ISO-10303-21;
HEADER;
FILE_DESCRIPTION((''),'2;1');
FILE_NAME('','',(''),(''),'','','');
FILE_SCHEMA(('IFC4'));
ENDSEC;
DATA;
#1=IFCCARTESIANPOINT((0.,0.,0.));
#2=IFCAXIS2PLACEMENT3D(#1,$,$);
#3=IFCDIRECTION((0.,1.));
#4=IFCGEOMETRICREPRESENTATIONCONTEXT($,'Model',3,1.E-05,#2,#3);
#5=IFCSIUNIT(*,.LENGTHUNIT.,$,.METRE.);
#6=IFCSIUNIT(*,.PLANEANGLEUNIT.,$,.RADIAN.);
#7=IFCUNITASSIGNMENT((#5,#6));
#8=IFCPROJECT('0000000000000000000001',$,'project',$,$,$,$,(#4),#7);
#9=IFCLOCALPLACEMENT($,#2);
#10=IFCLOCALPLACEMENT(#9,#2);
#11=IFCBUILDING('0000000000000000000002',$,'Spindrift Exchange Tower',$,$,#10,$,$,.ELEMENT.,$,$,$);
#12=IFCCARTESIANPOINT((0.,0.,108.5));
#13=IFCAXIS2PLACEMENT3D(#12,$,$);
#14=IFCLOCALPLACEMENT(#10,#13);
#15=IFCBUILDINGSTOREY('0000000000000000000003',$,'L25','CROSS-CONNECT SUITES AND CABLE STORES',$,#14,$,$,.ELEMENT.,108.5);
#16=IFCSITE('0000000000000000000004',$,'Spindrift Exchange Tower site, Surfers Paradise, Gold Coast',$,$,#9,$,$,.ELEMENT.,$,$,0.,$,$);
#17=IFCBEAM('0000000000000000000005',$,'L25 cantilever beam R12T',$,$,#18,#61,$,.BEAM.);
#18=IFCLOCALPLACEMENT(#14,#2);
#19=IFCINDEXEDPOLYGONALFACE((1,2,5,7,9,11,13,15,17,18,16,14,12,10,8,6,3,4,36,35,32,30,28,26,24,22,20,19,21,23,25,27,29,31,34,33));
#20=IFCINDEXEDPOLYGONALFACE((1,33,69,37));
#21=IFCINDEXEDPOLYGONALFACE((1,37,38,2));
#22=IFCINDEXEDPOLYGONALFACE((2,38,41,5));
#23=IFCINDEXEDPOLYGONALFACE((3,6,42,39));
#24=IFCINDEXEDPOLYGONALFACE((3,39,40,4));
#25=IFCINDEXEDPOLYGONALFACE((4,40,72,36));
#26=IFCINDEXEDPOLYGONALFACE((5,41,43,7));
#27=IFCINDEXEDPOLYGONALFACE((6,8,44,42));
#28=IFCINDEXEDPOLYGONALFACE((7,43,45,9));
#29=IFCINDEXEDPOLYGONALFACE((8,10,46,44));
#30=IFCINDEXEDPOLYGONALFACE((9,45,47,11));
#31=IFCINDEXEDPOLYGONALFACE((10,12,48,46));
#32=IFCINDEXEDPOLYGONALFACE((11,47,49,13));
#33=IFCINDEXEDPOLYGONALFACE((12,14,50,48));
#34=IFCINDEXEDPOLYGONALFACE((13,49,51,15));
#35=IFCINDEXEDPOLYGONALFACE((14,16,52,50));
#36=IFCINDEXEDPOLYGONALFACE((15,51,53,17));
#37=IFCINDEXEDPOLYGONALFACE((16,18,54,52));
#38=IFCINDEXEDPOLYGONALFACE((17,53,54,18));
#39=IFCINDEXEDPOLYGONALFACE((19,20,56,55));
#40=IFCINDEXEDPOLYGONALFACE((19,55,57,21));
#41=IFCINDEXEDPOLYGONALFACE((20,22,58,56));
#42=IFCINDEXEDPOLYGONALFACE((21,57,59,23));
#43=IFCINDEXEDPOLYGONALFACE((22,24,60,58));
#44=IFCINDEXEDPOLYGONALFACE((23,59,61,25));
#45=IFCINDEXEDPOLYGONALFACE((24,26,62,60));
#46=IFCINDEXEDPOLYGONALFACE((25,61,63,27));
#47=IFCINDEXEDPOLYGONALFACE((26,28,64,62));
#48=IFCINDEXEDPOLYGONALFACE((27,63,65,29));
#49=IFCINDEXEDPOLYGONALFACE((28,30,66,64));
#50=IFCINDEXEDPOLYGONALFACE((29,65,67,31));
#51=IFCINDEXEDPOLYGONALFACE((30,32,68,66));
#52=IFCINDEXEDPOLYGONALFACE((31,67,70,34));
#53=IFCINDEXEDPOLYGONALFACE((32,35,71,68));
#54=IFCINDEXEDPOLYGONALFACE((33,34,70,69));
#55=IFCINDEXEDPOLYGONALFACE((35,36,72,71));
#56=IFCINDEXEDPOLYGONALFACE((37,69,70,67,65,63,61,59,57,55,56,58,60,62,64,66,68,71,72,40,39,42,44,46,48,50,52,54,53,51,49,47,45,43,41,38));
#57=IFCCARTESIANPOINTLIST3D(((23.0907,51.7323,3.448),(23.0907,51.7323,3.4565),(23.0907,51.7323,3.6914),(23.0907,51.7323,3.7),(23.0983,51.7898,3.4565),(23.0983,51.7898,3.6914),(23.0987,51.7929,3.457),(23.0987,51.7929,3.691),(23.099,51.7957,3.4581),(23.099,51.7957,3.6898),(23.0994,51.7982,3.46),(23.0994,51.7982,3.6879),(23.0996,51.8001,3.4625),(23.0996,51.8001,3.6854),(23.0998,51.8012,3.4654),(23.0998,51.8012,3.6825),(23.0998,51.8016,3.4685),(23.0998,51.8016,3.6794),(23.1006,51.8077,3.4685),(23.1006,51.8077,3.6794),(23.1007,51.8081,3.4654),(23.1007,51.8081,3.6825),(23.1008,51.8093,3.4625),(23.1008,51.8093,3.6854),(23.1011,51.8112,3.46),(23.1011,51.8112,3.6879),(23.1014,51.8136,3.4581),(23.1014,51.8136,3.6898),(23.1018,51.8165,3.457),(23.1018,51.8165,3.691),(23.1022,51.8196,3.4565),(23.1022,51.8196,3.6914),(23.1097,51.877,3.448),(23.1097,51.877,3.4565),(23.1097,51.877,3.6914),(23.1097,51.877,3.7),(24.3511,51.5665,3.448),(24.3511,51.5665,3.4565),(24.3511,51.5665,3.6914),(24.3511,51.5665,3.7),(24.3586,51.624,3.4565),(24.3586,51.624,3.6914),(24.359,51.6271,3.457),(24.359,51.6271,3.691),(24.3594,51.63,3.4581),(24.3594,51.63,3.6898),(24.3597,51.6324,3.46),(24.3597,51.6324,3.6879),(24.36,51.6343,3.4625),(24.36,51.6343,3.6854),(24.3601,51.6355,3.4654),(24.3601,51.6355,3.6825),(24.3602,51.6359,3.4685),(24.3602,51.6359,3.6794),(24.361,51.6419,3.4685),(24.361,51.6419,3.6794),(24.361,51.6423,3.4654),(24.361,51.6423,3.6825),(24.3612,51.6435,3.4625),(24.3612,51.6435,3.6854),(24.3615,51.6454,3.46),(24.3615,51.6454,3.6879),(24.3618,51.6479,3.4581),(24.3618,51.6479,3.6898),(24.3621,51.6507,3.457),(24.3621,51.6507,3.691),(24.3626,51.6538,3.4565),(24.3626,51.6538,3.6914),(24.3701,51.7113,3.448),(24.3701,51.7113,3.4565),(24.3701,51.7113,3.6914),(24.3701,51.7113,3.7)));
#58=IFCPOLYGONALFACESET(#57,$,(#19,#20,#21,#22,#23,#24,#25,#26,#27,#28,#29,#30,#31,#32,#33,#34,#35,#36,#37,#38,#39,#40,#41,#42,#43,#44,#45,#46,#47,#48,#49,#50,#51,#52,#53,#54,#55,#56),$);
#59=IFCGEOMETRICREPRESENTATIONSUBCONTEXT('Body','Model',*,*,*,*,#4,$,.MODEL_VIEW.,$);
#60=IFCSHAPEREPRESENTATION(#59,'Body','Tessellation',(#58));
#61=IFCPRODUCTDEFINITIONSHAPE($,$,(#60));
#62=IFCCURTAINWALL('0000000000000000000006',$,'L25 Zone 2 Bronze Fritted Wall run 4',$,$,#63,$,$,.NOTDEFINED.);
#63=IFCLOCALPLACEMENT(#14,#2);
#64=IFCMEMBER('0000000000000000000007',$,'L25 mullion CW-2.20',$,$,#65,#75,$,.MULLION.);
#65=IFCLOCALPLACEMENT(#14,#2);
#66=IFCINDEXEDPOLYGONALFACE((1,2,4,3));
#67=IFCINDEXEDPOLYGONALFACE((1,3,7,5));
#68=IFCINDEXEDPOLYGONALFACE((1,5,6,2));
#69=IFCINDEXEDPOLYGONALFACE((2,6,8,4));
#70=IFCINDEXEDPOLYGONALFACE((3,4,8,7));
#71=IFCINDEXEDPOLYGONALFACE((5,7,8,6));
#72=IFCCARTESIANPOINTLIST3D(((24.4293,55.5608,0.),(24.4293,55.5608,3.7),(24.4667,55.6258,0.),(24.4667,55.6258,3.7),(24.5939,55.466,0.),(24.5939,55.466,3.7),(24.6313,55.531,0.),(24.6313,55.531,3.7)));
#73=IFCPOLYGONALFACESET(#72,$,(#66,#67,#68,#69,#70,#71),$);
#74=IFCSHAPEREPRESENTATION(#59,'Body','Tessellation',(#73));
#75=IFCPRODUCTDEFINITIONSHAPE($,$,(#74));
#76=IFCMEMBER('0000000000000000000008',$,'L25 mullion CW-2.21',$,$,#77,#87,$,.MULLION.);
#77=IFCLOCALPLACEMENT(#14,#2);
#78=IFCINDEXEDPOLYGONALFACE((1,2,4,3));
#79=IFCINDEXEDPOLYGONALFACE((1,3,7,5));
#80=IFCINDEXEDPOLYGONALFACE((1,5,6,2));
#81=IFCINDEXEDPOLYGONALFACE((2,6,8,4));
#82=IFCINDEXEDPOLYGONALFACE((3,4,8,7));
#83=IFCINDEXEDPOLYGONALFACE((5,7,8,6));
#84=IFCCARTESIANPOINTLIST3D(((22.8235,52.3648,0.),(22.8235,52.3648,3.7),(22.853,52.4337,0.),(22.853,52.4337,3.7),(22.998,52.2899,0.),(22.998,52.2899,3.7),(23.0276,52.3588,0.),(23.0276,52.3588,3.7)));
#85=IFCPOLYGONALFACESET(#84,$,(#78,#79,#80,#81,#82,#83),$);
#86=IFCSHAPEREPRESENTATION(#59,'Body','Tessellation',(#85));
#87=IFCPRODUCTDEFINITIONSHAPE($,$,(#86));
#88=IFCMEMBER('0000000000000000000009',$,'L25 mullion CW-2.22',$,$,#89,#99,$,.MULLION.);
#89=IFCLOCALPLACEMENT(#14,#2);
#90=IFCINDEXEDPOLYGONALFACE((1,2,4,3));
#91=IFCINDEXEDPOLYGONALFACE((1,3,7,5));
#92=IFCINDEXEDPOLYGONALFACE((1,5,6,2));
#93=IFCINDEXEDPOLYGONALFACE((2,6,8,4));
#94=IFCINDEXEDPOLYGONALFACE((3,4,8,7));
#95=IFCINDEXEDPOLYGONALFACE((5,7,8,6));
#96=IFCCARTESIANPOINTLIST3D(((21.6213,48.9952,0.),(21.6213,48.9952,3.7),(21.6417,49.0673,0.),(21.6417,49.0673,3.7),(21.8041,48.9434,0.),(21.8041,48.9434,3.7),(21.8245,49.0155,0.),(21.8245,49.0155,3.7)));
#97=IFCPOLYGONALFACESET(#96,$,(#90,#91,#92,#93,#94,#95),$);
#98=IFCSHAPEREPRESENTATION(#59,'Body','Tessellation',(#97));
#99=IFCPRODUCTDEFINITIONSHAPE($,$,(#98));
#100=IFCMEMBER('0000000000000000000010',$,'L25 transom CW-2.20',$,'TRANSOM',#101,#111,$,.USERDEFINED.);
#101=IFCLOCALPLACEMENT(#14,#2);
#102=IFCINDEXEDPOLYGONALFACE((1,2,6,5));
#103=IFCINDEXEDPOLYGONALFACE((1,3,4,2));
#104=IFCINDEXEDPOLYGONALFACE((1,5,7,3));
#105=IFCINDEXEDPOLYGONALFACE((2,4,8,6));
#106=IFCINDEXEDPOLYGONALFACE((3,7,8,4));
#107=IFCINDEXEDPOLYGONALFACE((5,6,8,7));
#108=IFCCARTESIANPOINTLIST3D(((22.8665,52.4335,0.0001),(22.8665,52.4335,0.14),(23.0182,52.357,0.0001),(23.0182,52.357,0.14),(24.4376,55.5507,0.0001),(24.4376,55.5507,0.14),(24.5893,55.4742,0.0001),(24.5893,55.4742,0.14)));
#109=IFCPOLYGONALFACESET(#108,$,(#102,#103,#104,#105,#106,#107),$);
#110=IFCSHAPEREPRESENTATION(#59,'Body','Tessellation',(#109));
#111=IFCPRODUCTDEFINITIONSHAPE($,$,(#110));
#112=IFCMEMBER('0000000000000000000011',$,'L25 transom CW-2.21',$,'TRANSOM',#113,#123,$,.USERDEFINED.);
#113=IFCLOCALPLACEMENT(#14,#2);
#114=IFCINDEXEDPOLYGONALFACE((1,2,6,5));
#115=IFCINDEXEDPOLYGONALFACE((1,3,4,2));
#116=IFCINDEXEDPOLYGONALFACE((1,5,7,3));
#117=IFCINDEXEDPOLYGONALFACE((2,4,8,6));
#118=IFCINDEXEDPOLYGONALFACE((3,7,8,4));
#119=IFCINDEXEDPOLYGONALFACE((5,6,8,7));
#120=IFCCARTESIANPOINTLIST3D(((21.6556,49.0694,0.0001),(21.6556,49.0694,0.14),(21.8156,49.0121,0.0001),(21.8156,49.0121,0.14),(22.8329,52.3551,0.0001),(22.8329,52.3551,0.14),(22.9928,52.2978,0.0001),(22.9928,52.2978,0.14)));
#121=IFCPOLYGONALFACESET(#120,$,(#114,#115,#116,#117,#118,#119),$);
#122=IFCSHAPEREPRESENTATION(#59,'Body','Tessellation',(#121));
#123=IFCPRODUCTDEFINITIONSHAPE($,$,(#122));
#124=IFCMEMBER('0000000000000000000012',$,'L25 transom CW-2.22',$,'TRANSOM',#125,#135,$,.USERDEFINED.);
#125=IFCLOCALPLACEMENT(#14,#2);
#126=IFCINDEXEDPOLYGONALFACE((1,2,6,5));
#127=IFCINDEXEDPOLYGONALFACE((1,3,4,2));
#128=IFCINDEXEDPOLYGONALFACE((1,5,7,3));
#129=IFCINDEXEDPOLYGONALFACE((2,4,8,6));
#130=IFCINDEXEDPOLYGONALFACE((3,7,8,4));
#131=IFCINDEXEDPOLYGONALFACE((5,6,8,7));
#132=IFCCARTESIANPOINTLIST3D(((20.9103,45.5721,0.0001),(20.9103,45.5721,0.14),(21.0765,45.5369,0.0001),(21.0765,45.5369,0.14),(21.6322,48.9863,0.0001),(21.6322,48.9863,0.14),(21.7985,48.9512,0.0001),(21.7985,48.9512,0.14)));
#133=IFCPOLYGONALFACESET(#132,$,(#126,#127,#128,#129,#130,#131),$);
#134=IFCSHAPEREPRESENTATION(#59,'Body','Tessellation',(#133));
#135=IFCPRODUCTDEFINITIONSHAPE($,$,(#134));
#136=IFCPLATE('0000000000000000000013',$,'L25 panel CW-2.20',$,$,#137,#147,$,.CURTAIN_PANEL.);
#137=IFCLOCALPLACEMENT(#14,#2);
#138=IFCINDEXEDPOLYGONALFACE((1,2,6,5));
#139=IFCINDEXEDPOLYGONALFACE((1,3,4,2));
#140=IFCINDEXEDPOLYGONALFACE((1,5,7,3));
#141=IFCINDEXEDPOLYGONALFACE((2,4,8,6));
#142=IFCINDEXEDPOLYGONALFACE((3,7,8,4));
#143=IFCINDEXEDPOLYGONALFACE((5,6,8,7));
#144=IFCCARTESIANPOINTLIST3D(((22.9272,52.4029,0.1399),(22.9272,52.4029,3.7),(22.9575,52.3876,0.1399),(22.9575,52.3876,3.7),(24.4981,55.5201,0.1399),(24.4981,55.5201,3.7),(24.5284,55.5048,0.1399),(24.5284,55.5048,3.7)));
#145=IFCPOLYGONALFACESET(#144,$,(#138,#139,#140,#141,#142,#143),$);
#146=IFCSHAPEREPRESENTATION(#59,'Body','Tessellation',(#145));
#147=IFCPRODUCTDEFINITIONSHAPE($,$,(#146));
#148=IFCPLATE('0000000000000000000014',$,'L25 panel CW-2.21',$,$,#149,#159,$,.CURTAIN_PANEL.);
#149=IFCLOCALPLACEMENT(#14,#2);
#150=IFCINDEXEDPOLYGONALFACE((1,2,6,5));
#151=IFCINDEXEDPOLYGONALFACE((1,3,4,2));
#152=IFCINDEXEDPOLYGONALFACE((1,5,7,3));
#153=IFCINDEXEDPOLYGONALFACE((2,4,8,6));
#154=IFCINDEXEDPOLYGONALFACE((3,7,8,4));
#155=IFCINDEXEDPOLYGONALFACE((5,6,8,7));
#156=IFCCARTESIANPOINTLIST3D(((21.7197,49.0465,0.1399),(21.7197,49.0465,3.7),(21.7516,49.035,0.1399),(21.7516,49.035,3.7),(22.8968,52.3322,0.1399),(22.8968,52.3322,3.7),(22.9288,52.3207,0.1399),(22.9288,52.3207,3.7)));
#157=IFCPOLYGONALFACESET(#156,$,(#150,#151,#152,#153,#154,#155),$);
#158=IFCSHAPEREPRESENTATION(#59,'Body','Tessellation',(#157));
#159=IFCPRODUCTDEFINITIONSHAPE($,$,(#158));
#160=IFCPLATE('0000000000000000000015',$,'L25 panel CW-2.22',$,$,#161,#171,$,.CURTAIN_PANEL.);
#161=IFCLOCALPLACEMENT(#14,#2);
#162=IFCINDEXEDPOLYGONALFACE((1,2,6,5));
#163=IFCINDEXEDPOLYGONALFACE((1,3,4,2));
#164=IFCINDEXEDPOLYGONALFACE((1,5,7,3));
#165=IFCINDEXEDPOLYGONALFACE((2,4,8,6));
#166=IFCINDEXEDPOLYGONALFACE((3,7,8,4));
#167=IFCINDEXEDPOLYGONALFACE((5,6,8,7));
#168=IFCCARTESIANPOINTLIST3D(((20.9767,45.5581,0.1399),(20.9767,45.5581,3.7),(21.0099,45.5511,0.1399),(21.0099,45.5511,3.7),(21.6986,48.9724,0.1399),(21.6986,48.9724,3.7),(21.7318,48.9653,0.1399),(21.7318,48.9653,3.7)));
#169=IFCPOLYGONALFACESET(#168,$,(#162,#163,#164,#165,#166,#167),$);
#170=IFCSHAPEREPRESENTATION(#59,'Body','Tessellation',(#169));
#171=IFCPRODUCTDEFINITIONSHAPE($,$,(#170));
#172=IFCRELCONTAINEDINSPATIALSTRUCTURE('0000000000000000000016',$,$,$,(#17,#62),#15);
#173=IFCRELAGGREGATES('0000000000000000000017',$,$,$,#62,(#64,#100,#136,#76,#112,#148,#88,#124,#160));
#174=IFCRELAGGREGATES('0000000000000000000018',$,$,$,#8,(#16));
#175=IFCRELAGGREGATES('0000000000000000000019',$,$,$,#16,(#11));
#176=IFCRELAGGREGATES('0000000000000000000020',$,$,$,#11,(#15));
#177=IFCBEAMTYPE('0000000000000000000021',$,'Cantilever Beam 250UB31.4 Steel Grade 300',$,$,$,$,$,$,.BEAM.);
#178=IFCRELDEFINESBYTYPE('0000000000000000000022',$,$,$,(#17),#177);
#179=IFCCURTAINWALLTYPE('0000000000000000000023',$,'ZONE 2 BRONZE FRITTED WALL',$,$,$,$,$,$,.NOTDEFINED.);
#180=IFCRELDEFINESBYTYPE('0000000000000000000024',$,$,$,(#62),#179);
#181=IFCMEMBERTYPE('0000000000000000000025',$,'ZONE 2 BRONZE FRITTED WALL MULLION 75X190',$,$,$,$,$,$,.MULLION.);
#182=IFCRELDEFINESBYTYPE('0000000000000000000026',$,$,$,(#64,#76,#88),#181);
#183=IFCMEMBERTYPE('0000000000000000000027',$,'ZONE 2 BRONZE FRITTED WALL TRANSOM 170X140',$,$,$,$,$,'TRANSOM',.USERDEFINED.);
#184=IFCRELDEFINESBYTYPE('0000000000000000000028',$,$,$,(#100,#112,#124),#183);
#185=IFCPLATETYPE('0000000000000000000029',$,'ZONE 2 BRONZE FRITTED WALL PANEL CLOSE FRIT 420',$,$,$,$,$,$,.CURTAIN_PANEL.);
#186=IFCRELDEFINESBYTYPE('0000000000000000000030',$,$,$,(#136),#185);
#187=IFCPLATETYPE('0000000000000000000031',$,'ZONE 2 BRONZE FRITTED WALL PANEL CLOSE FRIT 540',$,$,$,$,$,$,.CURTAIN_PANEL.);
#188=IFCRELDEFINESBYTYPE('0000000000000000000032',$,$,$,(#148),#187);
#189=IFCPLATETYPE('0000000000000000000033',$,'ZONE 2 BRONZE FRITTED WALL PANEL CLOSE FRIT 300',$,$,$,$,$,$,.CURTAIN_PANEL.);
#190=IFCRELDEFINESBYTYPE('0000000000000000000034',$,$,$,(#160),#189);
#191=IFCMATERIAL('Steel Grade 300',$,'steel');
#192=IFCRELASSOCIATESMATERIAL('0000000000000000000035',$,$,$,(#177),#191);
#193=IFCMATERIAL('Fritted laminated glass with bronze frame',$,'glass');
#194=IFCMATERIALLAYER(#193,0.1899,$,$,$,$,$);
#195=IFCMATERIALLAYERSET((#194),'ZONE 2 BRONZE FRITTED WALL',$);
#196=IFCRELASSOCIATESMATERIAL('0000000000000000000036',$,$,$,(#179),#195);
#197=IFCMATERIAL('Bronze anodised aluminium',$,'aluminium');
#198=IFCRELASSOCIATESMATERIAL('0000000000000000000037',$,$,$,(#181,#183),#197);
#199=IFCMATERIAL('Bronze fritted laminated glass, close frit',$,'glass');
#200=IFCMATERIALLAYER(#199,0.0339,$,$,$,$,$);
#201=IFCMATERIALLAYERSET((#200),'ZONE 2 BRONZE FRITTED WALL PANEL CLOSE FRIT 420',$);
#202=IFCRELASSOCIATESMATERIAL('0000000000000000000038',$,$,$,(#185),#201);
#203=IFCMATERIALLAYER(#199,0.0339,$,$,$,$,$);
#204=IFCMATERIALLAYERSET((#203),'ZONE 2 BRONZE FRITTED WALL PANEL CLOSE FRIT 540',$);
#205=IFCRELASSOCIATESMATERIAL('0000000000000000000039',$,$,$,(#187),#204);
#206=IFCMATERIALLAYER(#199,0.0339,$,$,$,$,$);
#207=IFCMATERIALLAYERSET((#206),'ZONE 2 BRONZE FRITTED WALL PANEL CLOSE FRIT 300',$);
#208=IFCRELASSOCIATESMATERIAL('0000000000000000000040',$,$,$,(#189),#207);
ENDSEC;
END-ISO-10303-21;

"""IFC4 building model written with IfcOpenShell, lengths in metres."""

from ifc_helpers import new_model, si_unit, direction, frame, origin, origin_2d, place, context, subcontext, project, spatial, rectangle, i_section, extrude, source, transform, mapped, material, layer, layer_set, material_profile, profile_set, type_object, element, aggregate, save


model = new_model("IFC4")

# Units and contexts
model_context = context("Model", 3, precision=1e-05, world=origin(), true_north=direction((0.0, 1.0)))
body_context = subcontext(model_context, "Body", "Model", "MODEL_VIEW")
ifc_project = project(units=[si_unit("LENGTHUNIT", "METRE"), si_unit("PLANEANGLEUNIT", "RADIAN")], contexts=[model_context])

# Site, building, storey
site_placement = place(None, origin())
site = spatial("IfcSite", under=ifc_project, at=site_placement, Name="Spindrift Exchange Tower site, Surfers Paradise, Gold Coast", CompositionType="ELEMENT", RefElevation=0.0)
building_placement = place(site_placement, origin())
building = spatial("IfcBuilding", under=site, at=building_placement, Name="Spindrift Exchange Tower", CompositionType="ELEMENT")
storey_placement = place(building_placement, frame((0.0, 0.0, 108.5)))
storey = spatial("IfcBuildingStorey", under=building, at=storey_placement, Name="L25", Description="CROSS-CONNECT SUITES AND CABLE STORES", CompositionType="ELEMENT", Elevation=108.5)

# Beam
ifc_material_1 = material(Name="Steel Grade 300", Category="steel")
ifc_material_profile_1 = material_profile(ifc_material_1, i_section(OverallWidth=0.146, OverallDepth=0.252, WebThickness=0.0061, FlangeThickness=0.0085, FilletRadius=0.012, at=origin_2d()), Name="250UB31.4")
ifc_profile_set_1 = profile_set([ifc_material_profile_1], Name="Steel Grade 300")
beam_type_1 = type_object("IfcBeamType", Name="Cantilever Beam 250UB31.4 Steel Grade 300", PredefinedType="BEAM", material=ifc_profile_set_1)
shared_shape_1 = source(origin(), body_context, "Body", "SweptSolid", [
    extrude(i_section(OverallWidth=0.146, OverallDepth=0.252, WebThickness=0.0061, FlangeThickness=0.0085, FilletRadius=0.012, at=origin_2d()), origin(), (0.0, 0.0, 1.0), 1.2712),
])
beam_1_placement = place(storey_placement, frame((24.3606, 51.6389, 3.574), z_axis=(-0.991463, 0.13039, 0.0), x_axis=(-0.13039, -0.991463, 0.0)))
element("IfcBeam", 1, at=beam_1_placement, inside=storey, type_object=beam_type_1, Name="L25 cantilever beam R12T", PredefinedType="BEAM", context=body_context, shape_type="MappedRepresentation", body=[
    mapped(shared_shape_1, transform((0.0, 0.0, 0.0), scale=1.0)),
])

# Curtain wall, members, plates
ifc_material_2 = material(Name="Fritted laminated glass with bronze frame", Category="glass")
ifc_layer_1 = layer(ifc_material_2, 0.1899)
ifc_layer_set_1 = layer_set([ifc_layer_1], Name="ZONE 2 BRONZE FRITTED WALL")
curtain_wall_type = type_object("IfcCurtainWallType", Name="ZONE 2 BRONZE FRITTED WALL", PredefinedType="NOTDEFINED", material=ifc_layer_set_1)
curtain_wall_placement = place(storey_placement, origin())
curtain_wall = element("IfcCurtainWall", 2, at=curtain_wall_placement, inside=storey, type_object=curtain_wall_type, Name="L25 Zone 2 Bronze Fritted Wall run 4", PredefinedType="NOTDEFINED")
ifc_material_3 = material(Name="Bronze anodised aluminium", Category="aluminium")
ifc_material_profile_2 = material_profile(ifc_material_3, rectangle(XDim=0.075, YDim=0.1899, at=origin_2d()), Name="ZONE 2 BRONZE FRITTED WALL MULLION 75X190")
ifc_profile_set_2 = profile_set([ifc_material_profile_2], Name="Bronze anodised aluminium")
member_type_1 = type_object("IfcMemberType", Name="ZONE 2 BRONZE FRITTED WALL MULLION 75X190", PredefinedType="MULLION", material=ifc_profile_set_2)
shared_shape_2 = source(origin(), body_context, "Body", "SweptSolid", [
    extrude(rectangle(XDim=0.075, YDim=0.1899, at=origin_2d()), origin(), (0.0, 0.0, 1.0), 3.7),
])
member_1_placement = place(storey_placement, frame((24.5303, 55.5459, 0.0), z_axis=(0.0, 0.0, 1.0), x_axis=(-0.499269, -0.866447, 0.0)))
member_1 = element("IfcMember", 3, at=member_1_placement, type_object=member_type_1, Name="L25 mullion CW-2.20", PredefinedType="MULLION", context=body_context, shape_type="MappedRepresentation", body=[
    mapped(shared_shape_2, transform((0.0, 0.0, 0.0), scale=1.0)),
])
member_2_placement = place(storey_placement, frame((22.9255, 52.3618, 0.0), z_axis=(0.0, 0.0, 1.0), x_axis=(-0.394401, -0.918938, 0.0)))
member_2 = element("IfcMember", 4, at=member_2_placement, type_object=member_type_1, Name="L25 mullion CW-2.21", PredefinedType="MULLION", context=body_context, shape_type="MappedRepresentation", body=[
    mapped(shared_shape_2, transform((0.0, 0.0, 0.0), scale=1.0)),
])
member_3_placement = place(storey_placement, frame((21.7229, 49.0054, 0.0), z_axis=(0.0, 0.0, 1.0), x_axis=(-0.272697, -0.9621, 0.0)))
member_3 = element("IfcMember", 5, at=member_3_placement, type_object=member_type_1, Name="L25 mullion CW-2.22", PredefinedType="MULLION", context=body_context, shape_type="MappedRepresentation", body=[
    mapped(shared_shape_2, transform((0.0, 0.0, 0.0), scale=1.0)),
])
ifc_material_profile_3 = material_profile(ifc_material_3, rectangle(XDim=0.1699, YDim=0.1399, at=origin_2d()), Name="ZONE 2 BRONZE FRITTED WALL TRANSOM 170X140")
ifc_profile_set_3 = profile_set([ifc_material_profile_3], Name="Bronze anodised aluminium")
member_type_2 = type_object("IfcMemberType", Name="ZONE 2 BRONZE FRITTED WALL TRANSOM 170X140", ElementType="TRANSOM", PredefinedType="USERDEFINED", material=ifc_profile_set_3)
shared_shape_3 = source(origin(), body_context, "Body", "SweptSolid", [
    extrude(rectangle(XDim=0.1699, YDim=0.1399, at=origin_2d()), origin(), (0.0, 0.0, 1.0), 3.4907),
])
member_4_placement = place(storey_placement, frame((24.5134, 55.5125, 0.0701), z_axis=(-0.450065, -0.892996, 0.0), x_axis=(0.892996, -0.450065, 0.0)))
member_4 = element("IfcMember", 6, at=member_4_placement, type_object=member_type_2, Name="L25 transom CW-2.20", ObjectType="TRANSOM", PredefinedType="USERDEFINED", context=body_context, shape_type="MappedRepresentation", body=[
    mapped(shared_shape_3, transform((0.0, 0.0, 0.0), scale=1.0)),
])
shared_shape_4 = source(origin(), body_context, "Body", "SweptSolid", [
    extrude(rectangle(XDim=0.1699, YDim=0.1399, at=origin_2d()), origin(), (0.0, 0.0, 1.0), 3.4902),
])
member_5_placement = place(storey_placement, frame((22.9128, 52.3264, 0.0701), z_axis=(-0.337302, -0.941396, 0.0), x_axis=(0.941396, -0.337302, 0.0)))
member_5 = element("IfcMember", 7, at=member_5_placement, type_object=member_type_2, Name="L25 transom CW-2.21", ObjectType="TRANSOM", PredefinedType="USERDEFINED", context=body_context, shape_type="MappedRepresentation", body=[
    mapped(shared_shape_4, transform((0.0, 0.0, 0.0), scale=1.0)),
])
shared_shape_5 = source(origin(), body_context, "Body", "SweptSolid", [
    extrude(rectangle(XDim=0.1699, YDim=0.1399, at=origin_2d()), origin(), (0.0, 0.0, 1.0), 3.4897),
])
member_6_placement = place(storey_placement, frame((21.7153, 48.9688, 0.0701), z_axis=(-0.206867, -0.978369, 0.0), x_axis=(0.978369, -0.206867, 0.0)))
member_6 = element("IfcMember", 8, at=member_6_placement, type_object=member_type_2, Name="L25 transom CW-2.22", ObjectType="TRANSOM", PredefinedType="USERDEFINED", context=body_context, shape_type="MappedRepresentation", body=[
    mapped(shared_shape_5, transform((0.0, 0.0, 0.0), scale=1.0)),
])
ifc_material_4 = material(Name="Bronze fritted laminated glass, close frit", Category="glass")
ifc_layer_2 = layer(ifc_material_4, 0.0339)
ifc_layer_set_2 = layer_set([ifc_layer_2], Name="ZONE 2 BRONZE FRITTED WALL PANEL CLOSE FRIT 420")
plate_type_1 = type_object("IfcPlateType", Name="ZONE 2 BRONZE FRITTED WALL PANEL CLOSE FRIT 420", PredefinedType="CURTAIN_PANEL", material=ifc_layer_set_2)
shared_shape_6 = source(origin(), body_context, "Body", "SweptSolid", [
    extrude(rectangle(XDim=3.4907, YDim=0.0339, at=origin_2d()), origin(), (0.0, 0.0, 1.0), 3.5601),
])
plate_1_placement = place(storey_placement, frame((23.7278, 53.9539, 0.1399), z_axis=(0.0, 0.0, 1.0), x_axis=(-0.450038, -0.89301, 0.0)))
plate_1 = element("IfcPlate", 9, at=plate_1_placement, type_object=plate_type_1, Name="L25 panel CW-2.20", PredefinedType="CURTAIN_PANEL", context=body_context, shape_type="MappedRepresentation", body=[
    mapped(shared_shape_6, transform((0.0, 0.0, 0.0), scale=1.0)),
])
ifc_layer_3 = layer(ifc_material_4, 0.0339)
ifc_layer_set_3 = layer_set([ifc_layer_3], Name="ZONE 2 BRONZE FRITTED WALL PANEL CLOSE FRIT 540")
plate_type_2 = type_object("IfcPlateType", Name="ZONE 2 BRONZE FRITTED WALL PANEL CLOSE FRIT 540", PredefinedType="CURTAIN_PANEL", material=ifc_layer_set_3)
shared_shape_7 = source(origin(), body_context, "Body", "SweptSolid", [
    extrude(rectangle(XDim=3.4902, YDim=0.0339, at=origin_2d()), origin(), (0.0, 0.0, 1.0), 3.5601),
])
plate_2_placement = place(storey_placement, frame((22.3242, 50.6836, 0.1399), z_axis=(0.0, 0.0, 1.0), x_axis=(-0.337278, -0.941405, 0.0)))
plate_2 = element("IfcPlate", 10, at=plate_2_placement, type_object=plate_type_2, Name="L25 panel CW-2.21", PredefinedType="CURTAIN_PANEL", context=body_context, shape_type="MappedRepresentation", body=[
    mapped(shared_shape_7, transform((0.0, 0.0, 0.0), scale=1.0)),
])
ifc_layer_4 = layer(ifc_material_4, 0.0339)
ifc_layer_set_4 = layer_set([ifc_layer_4], Name="ZONE 2 BRONZE FRITTED WALL PANEL CLOSE FRIT 300")
plate_type_3 = type_object("IfcPlateType", Name="ZONE 2 BRONZE FRITTED WALL PANEL CLOSE FRIT 300", PredefinedType="CURTAIN_PANEL", material=ifc_layer_set_4)
shared_shape_8 = source(origin(), body_context, "Body", "SweptSolid", [
    extrude(rectangle(XDim=3.4897, YDim=0.0339, at=origin_2d()), origin(), (0.0, 0.0, 1.0), 3.5601),
])
plate_3_placement = place(storey_placement, frame((21.3542, 47.2617, 0.1399), z_axis=(0.0, 0.0, 1.0), x_axis=(-0.206862, -0.97837, 0.0)))
plate_3 = element("IfcPlate", 11, at=plate_3_placement, type_object=plate_type_3, Name="L25 panel CW-2.22", PredefinedType="CURTAIN_PANEL", context=body_context, shape_type="MappedRepresentation", body=[
    mapped(shared_shape_8, transform((0.0, 0.0, 0.0), scale=1.0)),
])
aggregate(curtain_wall, [member_1, member_4, plate_1, member_2, member_5, plate_2, member_3, member_6, plate_3])

save(model, "model.ifc")
